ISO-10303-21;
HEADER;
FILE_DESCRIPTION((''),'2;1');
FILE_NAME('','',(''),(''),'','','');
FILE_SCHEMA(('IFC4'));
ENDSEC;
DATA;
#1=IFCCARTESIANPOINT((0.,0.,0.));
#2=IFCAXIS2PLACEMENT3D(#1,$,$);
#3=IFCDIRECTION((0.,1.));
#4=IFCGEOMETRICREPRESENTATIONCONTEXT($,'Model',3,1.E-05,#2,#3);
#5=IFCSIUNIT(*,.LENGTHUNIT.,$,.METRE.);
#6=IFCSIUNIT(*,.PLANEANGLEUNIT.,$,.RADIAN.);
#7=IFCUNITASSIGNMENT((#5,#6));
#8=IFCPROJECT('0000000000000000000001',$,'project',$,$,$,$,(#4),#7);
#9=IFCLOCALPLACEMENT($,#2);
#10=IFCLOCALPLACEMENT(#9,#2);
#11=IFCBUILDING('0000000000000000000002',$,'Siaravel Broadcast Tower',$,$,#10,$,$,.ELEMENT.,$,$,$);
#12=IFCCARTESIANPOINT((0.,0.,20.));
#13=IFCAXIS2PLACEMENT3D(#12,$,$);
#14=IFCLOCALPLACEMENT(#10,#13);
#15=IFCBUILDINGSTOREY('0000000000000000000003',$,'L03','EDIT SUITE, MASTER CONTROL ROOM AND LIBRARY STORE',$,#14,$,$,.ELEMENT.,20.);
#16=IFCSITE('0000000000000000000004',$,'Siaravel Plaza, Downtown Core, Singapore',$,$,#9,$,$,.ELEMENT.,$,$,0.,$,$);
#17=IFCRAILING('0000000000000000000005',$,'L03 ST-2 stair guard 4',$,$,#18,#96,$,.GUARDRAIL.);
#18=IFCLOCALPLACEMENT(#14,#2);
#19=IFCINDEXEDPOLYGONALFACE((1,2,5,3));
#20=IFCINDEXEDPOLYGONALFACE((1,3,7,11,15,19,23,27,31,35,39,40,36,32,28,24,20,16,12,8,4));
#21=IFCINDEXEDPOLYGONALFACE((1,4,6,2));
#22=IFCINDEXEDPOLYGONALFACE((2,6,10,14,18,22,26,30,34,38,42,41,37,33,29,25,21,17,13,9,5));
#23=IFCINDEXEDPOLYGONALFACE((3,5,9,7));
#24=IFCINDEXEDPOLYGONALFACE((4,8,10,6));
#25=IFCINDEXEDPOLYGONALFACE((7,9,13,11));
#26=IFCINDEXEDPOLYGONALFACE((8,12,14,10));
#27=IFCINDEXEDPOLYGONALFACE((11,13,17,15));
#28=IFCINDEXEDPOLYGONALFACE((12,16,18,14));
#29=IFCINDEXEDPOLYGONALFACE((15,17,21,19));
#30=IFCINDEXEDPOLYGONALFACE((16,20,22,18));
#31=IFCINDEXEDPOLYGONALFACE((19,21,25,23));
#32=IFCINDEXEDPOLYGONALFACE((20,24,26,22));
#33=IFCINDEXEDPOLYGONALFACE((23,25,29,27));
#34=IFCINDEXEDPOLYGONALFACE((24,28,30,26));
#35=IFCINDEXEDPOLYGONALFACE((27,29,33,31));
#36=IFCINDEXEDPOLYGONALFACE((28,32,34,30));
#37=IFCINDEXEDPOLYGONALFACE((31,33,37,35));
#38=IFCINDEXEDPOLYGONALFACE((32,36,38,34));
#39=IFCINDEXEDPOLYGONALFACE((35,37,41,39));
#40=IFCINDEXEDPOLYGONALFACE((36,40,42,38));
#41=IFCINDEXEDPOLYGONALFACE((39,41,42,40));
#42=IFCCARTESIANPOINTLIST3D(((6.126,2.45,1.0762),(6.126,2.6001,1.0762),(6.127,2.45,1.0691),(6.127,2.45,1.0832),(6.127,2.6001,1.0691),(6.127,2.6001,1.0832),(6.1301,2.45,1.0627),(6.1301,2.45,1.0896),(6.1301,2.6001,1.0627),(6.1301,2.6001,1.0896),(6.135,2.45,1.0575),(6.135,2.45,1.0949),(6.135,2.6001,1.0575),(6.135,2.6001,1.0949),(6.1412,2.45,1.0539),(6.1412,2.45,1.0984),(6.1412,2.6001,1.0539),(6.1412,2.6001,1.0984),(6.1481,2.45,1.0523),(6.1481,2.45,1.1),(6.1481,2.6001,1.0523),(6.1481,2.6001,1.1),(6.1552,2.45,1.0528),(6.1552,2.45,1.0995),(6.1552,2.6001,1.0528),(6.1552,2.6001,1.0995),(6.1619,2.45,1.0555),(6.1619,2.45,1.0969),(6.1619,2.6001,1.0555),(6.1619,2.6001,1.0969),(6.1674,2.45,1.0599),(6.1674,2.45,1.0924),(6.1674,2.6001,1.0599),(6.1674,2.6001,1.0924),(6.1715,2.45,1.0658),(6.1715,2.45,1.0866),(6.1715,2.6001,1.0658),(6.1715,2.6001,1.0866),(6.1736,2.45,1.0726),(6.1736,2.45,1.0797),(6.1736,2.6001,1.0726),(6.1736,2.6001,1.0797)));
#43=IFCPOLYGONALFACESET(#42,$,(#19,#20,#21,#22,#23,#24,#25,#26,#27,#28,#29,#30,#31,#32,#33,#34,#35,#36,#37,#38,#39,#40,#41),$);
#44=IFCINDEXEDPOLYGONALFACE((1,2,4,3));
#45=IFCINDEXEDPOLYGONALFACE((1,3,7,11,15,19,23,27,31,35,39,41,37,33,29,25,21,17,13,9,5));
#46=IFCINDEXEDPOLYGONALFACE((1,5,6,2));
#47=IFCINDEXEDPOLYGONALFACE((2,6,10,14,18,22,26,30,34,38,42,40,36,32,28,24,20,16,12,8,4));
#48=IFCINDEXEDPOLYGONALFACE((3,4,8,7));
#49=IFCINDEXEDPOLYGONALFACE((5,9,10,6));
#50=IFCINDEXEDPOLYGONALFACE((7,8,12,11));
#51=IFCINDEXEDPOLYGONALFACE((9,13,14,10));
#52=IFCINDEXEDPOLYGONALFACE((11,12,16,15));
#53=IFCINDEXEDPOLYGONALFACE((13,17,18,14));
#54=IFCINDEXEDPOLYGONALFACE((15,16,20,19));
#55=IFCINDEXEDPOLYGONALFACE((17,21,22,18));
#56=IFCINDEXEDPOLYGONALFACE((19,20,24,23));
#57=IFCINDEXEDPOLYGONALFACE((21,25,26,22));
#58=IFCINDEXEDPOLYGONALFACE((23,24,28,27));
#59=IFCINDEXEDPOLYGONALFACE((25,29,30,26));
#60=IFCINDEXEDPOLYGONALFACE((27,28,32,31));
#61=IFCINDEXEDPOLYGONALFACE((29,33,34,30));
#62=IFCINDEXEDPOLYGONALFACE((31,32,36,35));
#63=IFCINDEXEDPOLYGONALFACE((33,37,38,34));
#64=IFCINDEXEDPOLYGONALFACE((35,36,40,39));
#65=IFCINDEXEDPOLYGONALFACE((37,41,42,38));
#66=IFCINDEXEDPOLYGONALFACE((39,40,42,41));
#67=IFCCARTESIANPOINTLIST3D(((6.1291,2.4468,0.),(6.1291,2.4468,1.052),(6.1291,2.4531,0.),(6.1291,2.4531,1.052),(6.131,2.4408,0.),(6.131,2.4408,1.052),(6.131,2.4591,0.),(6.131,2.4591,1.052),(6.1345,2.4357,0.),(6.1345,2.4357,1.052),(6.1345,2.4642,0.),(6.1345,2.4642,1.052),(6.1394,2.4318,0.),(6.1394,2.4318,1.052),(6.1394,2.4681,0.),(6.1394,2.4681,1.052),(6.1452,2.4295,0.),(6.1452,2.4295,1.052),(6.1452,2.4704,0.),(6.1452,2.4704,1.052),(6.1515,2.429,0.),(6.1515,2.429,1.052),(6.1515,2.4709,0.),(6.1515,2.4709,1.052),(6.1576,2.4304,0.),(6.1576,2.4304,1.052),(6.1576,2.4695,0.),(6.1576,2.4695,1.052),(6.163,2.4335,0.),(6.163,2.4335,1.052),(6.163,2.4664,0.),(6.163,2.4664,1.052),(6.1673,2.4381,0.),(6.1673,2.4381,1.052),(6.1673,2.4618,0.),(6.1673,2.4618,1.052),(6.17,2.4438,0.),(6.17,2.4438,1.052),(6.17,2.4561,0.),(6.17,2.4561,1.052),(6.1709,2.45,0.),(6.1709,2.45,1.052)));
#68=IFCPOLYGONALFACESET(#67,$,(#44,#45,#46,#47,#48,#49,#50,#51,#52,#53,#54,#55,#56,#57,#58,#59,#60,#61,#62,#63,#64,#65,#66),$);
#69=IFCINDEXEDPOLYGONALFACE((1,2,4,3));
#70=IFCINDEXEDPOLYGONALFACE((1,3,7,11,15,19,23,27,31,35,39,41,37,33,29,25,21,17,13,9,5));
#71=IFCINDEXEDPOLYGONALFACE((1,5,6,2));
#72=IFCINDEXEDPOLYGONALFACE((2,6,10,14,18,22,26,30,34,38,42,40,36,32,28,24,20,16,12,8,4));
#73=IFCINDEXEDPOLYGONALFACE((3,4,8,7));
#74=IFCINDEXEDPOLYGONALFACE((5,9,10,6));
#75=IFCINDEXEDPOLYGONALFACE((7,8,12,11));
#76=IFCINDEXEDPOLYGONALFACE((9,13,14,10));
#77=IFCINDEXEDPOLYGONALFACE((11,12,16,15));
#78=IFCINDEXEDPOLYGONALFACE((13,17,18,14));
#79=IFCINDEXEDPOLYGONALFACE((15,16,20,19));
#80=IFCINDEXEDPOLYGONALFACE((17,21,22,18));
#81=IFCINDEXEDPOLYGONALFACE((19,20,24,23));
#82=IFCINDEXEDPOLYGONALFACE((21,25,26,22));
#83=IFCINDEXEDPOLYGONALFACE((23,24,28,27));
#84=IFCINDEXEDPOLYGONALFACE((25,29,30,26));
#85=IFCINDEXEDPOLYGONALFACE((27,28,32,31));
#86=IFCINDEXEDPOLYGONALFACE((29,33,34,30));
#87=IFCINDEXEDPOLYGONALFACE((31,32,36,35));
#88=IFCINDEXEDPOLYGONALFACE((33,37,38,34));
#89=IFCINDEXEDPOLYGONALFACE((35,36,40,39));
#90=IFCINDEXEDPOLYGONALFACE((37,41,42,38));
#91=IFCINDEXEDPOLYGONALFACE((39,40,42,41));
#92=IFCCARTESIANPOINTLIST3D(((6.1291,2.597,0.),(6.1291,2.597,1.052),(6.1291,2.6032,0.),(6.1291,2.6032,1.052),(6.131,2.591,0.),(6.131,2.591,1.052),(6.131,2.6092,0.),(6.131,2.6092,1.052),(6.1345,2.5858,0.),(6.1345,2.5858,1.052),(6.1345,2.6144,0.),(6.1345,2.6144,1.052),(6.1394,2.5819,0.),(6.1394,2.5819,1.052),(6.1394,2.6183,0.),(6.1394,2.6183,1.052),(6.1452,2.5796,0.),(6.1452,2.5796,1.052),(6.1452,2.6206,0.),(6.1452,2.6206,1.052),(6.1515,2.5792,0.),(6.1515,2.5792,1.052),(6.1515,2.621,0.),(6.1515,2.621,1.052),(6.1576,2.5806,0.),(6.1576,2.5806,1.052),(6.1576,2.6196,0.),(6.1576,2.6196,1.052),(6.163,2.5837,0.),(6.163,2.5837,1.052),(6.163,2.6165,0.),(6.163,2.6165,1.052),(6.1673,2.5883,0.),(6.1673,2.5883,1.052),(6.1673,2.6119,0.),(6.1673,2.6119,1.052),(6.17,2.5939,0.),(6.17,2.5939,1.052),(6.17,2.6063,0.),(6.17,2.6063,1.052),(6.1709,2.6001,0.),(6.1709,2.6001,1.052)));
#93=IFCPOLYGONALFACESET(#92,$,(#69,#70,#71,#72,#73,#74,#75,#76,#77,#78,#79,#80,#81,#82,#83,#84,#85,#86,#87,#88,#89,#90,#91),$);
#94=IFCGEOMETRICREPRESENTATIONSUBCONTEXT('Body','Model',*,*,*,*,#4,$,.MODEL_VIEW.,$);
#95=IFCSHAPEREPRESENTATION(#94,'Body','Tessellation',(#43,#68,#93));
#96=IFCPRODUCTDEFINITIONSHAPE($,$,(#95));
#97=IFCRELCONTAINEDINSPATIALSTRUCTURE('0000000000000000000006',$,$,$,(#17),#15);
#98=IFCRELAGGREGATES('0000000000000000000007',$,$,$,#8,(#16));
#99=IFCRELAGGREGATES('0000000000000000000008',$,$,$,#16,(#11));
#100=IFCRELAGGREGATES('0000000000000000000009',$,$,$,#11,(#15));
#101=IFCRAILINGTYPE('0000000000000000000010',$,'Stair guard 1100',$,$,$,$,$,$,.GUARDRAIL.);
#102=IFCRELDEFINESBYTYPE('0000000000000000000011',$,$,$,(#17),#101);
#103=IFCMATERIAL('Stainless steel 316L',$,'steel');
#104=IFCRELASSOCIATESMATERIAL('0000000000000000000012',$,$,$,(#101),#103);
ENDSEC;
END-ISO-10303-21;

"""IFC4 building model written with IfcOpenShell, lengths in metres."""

from ifc_helpers import new_model, si_unit, direction, frame, origin, origin_2d, place, context, subcontext, project, spatial, circle, extrude, material, type_object, element, save


model = new_model("IFC4")

# Units and contexts
model_context = context("Model", 3, precision=1e-05, world=origin(), true_north=direction((0.0, 1.0)))
body_context = subcontext(model_context, "Body", "Model", "MODEL_VIEW")
ifc_project = project(units=[si_unit("LENGTHUNIT", "METRE"), si_unit("PLANEANGLEUNIT", "RADIAN")], contexts=[model_context])

# Site, building, storey
site_placement = place(None, origin())
site = spatial("IfcSite", under=ifc_project, at=site_placement, Name="Siaravel Plaza, Downtown Core, Singapore", CompositionType="ELEMENT", RefElevation=0.0)
building_placement = place(site_placement, origin())
building = spatial("IfcBuilding", under=site, at=building_placement, Name="Siaravel Broadcast Tower", CompositionType="ELEMENT")
storey_placement = place(building_placement, frame((0.0, 0.0, 20.0)))
storey = spatial("IfcBuildingStorey", under=building, at=storey_placement, Name="L03", Description="EDIT SUITE, MASTER CONTROL ROOM AND LIBRARY STORE", CompositionType="ELEMENT", Elevation=20.0)

# Railing
ifc_material_1 = material(Name="Stainless steel 316L", Category="steel")
railing_type_1 = type_object("IfcRailingType", Name="Stair guard 1100", PredefinedType="GUARDRAIL", material=ifc_material_1)
railing_1_placement = place(storey_placement, frame((6.1499, 2.45, 0.0)))
element("IfcRailing", 1, at=railing_1_placement, inside=storey, type_object=railing_type_1, Name="L03 ST-2 stair guard 4", PredefinedType="GUARDRAIL", context=body_context, shape_type="SweptSolid", body=[
    extrude(circle(Radius=0.0239, at=origin_2d()), frame((0.0, 0.0, 1.0762), z_axis=(0.0, 1.0, 0.0), x_axis=(-1.0, 0.0, 0.0)), (0.0, 0.0, 1.0), 0.1501),
    extrude(circle(Radius=0.021, at=origin_2d()), origin(), (0.0, 0.0, 1.0), 1.052),
    extrude(circle(Radius=0.021, at=origin_2d()), frame((0.0, 0.1501, 0.0)), (0.0, 0.0, 1.0), 1.052),
])

save(model, "model.ifc")
